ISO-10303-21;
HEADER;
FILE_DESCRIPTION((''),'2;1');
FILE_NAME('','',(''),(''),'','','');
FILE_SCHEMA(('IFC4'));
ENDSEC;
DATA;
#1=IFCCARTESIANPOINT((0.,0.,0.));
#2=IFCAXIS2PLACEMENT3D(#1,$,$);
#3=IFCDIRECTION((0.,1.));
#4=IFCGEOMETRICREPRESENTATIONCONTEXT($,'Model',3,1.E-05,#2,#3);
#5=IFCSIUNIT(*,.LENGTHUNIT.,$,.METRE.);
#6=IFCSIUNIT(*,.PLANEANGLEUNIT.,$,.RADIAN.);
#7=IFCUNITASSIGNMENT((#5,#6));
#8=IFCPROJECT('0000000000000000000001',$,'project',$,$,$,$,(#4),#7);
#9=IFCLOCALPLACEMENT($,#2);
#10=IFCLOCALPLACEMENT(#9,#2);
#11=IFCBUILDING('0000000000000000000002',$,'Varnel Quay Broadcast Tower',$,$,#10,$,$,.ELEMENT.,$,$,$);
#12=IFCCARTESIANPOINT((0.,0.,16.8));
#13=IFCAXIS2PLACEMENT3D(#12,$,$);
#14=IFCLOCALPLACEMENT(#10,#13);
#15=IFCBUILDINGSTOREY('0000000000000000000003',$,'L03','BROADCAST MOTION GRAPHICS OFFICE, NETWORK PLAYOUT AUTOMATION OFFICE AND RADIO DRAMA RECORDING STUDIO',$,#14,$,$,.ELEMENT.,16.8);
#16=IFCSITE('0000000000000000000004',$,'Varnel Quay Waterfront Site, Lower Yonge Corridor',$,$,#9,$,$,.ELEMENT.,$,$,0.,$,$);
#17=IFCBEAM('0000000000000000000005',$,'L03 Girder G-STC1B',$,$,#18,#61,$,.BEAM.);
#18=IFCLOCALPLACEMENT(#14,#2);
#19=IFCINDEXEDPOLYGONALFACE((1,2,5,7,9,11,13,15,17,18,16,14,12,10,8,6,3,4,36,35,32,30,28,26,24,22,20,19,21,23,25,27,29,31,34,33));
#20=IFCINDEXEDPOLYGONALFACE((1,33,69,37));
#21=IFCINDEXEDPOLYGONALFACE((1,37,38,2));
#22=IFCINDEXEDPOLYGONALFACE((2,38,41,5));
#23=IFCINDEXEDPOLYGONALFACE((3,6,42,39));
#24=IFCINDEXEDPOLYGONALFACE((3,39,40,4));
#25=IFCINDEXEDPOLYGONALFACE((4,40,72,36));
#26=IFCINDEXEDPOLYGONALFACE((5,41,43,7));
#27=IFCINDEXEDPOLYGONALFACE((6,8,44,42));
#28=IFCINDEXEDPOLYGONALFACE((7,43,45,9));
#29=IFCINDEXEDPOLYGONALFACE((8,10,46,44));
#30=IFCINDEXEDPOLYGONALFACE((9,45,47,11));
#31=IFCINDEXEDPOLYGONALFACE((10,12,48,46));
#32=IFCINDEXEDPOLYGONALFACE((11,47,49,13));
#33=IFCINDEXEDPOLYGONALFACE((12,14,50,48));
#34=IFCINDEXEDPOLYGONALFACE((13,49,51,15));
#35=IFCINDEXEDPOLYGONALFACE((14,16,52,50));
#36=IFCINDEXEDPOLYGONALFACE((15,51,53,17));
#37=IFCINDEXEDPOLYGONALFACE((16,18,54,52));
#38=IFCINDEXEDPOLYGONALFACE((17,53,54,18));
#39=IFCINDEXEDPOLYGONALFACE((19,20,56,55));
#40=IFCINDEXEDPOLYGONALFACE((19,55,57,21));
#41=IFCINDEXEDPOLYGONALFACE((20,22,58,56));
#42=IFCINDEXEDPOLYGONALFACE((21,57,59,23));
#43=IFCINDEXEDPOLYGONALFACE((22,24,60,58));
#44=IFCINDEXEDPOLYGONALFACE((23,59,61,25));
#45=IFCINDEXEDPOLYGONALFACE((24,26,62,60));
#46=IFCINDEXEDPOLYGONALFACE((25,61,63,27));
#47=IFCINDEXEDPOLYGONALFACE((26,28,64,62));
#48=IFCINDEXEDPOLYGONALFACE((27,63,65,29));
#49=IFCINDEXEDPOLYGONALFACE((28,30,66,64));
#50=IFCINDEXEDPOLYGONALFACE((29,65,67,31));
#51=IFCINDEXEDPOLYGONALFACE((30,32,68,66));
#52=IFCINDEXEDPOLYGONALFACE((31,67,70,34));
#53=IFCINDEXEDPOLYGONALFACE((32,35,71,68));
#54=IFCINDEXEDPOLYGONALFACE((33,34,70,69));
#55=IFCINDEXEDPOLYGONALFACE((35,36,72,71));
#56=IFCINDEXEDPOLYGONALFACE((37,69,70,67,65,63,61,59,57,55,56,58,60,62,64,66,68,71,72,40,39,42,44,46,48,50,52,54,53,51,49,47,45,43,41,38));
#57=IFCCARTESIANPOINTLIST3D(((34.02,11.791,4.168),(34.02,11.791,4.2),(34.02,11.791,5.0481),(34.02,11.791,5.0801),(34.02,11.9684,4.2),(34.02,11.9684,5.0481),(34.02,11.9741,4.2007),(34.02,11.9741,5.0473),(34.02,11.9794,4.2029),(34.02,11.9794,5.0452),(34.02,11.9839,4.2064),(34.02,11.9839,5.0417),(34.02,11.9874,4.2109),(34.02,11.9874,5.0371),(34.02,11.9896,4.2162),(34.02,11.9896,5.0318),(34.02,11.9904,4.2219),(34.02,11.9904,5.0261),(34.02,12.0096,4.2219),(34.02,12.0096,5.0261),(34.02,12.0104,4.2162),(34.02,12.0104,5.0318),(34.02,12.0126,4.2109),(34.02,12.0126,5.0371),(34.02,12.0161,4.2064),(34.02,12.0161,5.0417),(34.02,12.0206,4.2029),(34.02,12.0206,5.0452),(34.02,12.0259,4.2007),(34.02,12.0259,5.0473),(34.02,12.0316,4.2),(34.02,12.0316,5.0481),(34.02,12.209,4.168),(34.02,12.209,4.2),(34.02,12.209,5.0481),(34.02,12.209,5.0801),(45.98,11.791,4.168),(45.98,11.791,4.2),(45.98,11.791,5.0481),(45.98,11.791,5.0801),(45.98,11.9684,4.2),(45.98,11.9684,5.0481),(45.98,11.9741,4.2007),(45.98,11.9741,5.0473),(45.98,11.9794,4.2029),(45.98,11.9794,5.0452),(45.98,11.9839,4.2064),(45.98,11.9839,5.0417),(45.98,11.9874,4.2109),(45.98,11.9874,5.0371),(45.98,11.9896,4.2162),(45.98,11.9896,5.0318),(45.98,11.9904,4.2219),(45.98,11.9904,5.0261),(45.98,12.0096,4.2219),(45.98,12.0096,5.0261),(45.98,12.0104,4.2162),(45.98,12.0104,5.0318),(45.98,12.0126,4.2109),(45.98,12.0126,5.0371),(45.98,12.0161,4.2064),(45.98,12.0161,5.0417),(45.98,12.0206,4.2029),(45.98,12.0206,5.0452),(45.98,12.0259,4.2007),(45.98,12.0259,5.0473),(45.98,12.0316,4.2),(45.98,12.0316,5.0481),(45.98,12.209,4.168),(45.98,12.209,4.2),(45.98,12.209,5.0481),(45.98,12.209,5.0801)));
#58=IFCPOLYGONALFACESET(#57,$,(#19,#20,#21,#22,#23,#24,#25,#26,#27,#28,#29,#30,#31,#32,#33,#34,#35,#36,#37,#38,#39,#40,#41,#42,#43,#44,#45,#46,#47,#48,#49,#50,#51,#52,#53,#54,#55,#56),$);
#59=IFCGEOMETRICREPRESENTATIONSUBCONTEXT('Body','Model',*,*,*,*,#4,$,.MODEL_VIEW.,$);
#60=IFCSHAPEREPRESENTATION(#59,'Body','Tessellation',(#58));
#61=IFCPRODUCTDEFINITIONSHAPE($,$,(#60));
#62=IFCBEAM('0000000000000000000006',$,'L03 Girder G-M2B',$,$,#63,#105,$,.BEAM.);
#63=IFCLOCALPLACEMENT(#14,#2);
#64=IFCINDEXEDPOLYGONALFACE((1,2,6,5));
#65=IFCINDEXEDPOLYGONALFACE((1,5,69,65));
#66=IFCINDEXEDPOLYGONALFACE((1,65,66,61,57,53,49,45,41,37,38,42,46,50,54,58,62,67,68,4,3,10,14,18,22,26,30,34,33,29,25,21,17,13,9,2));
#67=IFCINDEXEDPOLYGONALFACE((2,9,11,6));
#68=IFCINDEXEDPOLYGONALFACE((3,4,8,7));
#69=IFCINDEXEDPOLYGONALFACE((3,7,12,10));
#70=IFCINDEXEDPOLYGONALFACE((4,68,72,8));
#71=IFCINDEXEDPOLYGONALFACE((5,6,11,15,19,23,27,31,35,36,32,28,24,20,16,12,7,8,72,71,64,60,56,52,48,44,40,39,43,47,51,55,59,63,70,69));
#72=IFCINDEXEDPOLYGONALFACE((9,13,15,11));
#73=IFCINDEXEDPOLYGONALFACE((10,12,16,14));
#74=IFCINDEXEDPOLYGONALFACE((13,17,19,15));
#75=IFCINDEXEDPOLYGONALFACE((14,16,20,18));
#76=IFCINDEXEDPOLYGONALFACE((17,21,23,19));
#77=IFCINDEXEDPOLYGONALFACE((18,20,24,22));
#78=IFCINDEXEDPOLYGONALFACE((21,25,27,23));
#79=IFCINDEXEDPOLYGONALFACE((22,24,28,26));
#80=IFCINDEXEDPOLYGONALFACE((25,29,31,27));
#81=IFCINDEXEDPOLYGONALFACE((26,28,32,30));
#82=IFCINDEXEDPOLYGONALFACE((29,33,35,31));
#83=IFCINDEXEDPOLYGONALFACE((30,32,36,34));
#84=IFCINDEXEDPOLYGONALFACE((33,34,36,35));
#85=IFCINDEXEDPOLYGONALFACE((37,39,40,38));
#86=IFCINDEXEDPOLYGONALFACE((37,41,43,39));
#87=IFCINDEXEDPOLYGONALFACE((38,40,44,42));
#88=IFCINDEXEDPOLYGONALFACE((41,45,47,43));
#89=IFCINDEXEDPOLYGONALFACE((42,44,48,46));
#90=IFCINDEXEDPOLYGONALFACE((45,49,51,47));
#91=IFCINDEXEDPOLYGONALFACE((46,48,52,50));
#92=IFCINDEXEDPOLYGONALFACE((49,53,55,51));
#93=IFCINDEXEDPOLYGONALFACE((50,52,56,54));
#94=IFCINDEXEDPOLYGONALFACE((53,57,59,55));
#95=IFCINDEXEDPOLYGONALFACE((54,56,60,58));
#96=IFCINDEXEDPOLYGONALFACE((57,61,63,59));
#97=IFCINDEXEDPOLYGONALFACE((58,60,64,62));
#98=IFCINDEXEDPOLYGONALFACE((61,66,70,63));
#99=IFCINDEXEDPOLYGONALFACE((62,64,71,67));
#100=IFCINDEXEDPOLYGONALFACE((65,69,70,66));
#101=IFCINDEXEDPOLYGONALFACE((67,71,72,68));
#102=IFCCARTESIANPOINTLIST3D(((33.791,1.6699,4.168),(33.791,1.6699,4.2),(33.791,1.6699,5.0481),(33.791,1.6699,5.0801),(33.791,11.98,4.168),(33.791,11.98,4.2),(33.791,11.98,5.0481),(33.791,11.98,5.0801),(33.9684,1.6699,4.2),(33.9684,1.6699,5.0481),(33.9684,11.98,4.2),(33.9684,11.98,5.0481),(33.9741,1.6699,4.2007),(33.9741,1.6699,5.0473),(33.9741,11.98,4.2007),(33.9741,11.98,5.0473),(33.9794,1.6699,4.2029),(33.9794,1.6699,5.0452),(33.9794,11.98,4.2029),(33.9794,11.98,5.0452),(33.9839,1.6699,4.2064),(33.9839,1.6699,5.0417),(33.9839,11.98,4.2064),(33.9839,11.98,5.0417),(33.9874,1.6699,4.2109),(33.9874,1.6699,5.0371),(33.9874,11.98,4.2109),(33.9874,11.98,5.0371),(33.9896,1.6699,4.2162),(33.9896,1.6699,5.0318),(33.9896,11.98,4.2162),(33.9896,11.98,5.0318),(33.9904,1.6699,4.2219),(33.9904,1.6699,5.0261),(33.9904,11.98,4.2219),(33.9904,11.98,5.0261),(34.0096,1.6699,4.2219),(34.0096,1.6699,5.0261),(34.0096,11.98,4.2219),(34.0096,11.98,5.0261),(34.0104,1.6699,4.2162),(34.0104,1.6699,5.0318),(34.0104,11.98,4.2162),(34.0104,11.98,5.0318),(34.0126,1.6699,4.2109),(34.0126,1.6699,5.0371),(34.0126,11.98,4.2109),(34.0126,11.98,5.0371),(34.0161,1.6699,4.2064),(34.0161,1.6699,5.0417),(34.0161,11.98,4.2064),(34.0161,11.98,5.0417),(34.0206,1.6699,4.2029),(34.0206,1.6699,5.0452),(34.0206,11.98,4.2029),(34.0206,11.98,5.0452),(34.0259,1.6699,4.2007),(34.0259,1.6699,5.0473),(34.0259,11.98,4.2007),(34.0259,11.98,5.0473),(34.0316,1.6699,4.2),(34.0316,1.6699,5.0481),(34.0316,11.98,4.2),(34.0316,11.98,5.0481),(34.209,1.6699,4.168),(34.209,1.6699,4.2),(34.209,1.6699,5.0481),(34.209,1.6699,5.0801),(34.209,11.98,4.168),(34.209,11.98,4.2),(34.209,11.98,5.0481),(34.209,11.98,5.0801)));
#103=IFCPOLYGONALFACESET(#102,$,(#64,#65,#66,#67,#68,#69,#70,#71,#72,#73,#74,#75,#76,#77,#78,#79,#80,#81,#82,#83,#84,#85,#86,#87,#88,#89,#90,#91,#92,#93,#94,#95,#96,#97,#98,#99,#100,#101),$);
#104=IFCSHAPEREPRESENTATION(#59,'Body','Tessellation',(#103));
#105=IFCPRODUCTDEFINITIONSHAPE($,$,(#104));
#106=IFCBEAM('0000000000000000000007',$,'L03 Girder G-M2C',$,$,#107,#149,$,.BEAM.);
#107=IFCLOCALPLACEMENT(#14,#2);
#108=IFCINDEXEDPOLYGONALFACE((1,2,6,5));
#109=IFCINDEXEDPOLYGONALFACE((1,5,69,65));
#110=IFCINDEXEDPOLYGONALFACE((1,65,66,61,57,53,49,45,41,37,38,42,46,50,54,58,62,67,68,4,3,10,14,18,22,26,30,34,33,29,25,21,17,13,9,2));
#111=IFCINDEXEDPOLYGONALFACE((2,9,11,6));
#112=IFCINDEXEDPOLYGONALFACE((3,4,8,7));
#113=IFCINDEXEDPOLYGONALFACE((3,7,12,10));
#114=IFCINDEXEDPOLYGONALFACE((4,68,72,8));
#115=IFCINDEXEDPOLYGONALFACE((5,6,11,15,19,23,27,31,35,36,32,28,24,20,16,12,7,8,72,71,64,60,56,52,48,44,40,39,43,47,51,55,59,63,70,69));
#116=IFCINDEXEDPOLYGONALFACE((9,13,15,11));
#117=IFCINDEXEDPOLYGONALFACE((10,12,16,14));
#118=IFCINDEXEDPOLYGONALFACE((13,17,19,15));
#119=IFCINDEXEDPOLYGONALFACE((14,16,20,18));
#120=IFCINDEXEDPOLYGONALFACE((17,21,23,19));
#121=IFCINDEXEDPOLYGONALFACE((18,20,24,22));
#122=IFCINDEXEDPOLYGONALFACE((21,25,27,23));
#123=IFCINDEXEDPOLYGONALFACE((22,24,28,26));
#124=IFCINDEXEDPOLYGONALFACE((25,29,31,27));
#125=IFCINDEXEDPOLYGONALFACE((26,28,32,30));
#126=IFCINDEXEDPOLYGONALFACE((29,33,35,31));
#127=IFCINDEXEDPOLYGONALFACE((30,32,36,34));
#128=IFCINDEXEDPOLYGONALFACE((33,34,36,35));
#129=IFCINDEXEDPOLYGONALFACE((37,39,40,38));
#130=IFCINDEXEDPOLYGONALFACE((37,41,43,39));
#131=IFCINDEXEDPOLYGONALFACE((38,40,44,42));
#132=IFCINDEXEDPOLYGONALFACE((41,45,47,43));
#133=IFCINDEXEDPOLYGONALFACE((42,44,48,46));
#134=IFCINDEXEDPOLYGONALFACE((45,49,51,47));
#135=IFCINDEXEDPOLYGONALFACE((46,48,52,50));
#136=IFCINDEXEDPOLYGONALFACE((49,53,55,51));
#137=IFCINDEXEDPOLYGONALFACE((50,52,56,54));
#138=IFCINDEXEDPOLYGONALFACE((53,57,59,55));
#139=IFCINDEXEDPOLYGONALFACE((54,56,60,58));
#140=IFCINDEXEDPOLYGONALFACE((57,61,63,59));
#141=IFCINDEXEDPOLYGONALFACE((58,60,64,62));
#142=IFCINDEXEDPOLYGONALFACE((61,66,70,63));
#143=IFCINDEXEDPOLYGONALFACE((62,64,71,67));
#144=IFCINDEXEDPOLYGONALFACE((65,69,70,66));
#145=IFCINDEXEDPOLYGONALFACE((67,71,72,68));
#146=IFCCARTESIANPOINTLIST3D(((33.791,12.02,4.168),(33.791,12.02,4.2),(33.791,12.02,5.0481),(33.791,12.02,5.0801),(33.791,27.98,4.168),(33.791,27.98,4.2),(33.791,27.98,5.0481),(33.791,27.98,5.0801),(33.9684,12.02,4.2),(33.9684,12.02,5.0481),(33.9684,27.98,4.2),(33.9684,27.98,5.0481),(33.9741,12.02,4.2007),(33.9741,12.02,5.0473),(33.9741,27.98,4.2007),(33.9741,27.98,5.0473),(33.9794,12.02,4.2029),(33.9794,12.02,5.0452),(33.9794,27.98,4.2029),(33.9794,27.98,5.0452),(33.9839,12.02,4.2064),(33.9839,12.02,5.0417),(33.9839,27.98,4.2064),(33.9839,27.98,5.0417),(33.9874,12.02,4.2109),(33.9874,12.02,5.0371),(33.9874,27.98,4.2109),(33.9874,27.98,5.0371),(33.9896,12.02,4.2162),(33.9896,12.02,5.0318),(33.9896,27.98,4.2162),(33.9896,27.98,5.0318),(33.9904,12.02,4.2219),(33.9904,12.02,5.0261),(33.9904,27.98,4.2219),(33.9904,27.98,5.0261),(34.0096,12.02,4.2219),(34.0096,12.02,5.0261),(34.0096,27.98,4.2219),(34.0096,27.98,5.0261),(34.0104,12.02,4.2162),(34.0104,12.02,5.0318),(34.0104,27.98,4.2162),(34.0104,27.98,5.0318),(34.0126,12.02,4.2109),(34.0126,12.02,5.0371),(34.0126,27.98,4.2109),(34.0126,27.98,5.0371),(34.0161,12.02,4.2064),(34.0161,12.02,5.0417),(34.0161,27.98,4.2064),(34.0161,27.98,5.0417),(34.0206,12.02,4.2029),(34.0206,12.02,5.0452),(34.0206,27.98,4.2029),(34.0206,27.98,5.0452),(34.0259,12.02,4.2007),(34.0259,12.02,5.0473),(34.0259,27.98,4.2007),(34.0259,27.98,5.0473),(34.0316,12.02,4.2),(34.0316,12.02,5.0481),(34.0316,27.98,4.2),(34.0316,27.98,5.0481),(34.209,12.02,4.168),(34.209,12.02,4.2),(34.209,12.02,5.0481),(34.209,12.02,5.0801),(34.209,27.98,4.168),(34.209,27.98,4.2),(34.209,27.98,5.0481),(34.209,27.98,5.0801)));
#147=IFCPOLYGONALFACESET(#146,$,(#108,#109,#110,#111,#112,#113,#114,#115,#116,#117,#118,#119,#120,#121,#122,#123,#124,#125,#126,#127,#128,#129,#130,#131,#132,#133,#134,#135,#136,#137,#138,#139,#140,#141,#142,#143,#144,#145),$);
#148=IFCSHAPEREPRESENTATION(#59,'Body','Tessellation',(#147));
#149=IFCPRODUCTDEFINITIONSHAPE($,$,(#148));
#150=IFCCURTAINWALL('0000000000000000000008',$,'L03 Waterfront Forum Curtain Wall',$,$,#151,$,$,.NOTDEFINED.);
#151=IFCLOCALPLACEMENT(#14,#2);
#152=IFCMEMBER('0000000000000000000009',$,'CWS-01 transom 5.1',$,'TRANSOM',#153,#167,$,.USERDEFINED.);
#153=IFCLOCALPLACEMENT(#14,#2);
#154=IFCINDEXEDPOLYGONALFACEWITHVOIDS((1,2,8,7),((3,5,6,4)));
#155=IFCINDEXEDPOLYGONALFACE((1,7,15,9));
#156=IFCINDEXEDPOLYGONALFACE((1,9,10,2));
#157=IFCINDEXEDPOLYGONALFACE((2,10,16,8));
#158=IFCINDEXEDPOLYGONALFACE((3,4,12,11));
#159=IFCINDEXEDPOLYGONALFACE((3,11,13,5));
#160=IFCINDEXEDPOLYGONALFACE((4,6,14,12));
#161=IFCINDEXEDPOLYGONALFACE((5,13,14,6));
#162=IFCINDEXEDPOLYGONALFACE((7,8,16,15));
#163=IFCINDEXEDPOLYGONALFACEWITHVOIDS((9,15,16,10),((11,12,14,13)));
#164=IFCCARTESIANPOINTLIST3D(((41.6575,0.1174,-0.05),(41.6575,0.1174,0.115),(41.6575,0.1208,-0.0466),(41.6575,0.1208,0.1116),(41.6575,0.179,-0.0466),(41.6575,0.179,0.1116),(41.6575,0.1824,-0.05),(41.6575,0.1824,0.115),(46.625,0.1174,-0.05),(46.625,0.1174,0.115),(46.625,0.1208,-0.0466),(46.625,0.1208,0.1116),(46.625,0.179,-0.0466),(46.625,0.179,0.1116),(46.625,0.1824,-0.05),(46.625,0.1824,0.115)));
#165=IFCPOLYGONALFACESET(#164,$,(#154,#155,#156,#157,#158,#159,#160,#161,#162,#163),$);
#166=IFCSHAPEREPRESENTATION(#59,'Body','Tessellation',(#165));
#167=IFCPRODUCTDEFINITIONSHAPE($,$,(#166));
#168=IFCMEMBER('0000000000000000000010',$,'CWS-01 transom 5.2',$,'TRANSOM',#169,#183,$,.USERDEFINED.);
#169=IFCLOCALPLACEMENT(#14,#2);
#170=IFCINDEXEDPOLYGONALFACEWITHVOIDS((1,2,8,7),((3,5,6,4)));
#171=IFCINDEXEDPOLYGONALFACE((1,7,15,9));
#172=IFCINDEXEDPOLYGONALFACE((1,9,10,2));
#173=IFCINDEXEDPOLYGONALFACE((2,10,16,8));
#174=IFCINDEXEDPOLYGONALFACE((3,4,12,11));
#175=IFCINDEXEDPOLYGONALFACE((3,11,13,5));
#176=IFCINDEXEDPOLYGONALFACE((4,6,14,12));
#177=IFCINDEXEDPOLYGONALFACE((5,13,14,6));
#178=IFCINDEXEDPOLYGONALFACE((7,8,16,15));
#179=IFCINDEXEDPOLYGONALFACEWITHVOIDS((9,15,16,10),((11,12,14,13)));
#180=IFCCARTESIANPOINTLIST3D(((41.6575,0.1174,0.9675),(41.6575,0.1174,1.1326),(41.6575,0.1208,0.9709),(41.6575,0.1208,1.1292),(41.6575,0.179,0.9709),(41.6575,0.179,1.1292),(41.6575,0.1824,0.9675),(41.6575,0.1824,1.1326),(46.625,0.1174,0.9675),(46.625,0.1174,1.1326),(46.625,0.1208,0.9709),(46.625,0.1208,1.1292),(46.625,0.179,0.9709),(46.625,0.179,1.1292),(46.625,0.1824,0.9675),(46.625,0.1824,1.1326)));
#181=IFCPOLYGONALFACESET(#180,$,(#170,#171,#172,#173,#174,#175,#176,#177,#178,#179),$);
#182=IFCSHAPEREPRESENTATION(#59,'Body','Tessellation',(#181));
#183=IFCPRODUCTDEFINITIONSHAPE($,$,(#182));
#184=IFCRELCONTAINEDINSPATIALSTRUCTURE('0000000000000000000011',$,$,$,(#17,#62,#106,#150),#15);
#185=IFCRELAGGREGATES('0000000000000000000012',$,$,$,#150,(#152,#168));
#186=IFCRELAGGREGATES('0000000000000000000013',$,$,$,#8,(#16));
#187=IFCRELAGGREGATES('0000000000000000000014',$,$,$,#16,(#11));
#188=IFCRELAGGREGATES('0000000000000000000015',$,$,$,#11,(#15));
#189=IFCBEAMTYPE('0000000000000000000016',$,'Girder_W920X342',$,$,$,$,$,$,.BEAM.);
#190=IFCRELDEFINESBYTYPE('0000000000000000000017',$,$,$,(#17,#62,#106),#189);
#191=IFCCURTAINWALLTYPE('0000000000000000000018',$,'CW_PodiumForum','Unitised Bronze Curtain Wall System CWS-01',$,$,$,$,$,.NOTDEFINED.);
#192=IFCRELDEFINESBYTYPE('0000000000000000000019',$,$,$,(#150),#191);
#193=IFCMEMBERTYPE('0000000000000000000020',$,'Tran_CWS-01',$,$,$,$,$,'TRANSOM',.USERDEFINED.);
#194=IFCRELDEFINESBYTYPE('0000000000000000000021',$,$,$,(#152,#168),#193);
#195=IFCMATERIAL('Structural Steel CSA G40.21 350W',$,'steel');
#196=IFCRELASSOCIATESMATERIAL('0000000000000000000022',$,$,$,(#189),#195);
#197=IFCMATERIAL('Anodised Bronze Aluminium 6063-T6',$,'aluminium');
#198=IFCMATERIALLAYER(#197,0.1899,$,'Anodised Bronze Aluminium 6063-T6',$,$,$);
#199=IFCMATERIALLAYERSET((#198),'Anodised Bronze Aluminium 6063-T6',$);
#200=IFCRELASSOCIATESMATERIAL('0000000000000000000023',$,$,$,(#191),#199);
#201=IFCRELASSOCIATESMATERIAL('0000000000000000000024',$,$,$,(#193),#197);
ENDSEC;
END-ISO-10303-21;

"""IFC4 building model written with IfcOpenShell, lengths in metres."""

from ifc_helpers import new_model, si_unit, direction, frame, origin, origin_2d, place, context, subcontext, project, spatial, hollow_rectangle, i_section, extrude, source, transform, mapped, material, layer, layer_set, material_profile, profile_set, type_object, type_shapes, element, aggregate, save


model = new_model("IFC4")

# Units and contexts
model_context = context("Model", 3, precision=1e-05, world=origin(), true_north=direction((0.0, 1.0)))
body_context = subcontext(model_context, "Body", "Model", "MODEL_VIEW")
ifc_project = project(units=[si_unit("LENGTHUNIT", "METRE"), si_unit("PLANEANGLEUNIT", "RADIAN")], contexts=[model_context])

# Site, building, storey
site_placement = place(None, origin())
site = spatial("IfcSite", under=ifc_project, at=site_placement, Name="Varnel Quay Waterfront Site, Lower Yonge Corridor", CompositionType="ELEMENT", RefElevation=0.0)
building_placement = place(site_placement, origin())
building = spatial("IfcBuilding", under=site, at=building_placement, Name="Varnel Quay Broadcast Tower", CompositionType="ELEMENT")
storey_placement = place(building_placement, frame((0.0, 0.0, 16.8)))
storey = spatial("IfcBuildingStorey", under=building, at=storey_placement, Name="L03", Description="BROADCAST MOTION GRAPHICS OFFICE, NETWORK PLAYOUT AUTOMATION OFFICE AND RADIO DRAMA RECORDING STUDIO", CompositionType="ELEMENT", Elevation=16.8)

# Shared definitions
ifc_material_1 = material(Name="Structural Steel CSA G40.21 350W", Category="steel")

# Beams
ifc_material_profile_1 = material_profile(ifc_material_1, i_section(OverallWidth=0.418, OverallDepth=0.9121, WebThickness=0.0193, FlangeThickness=0.032, FilletRadius=0.022, at=origin_2d()), Name="W920X342")
ifc_profile_set_1 = profile_set([ifc_material_profile_1], Name="Structural Steel CSA G40.21 350W")
beam_type = type_object("IfcBeamType", Name="Girder_W920X342", PredefinedType="BEAM", material=ifc_profile_set_1)
shared_shape_1 = source(origin(), body_context, "Body", "SweptSolid", [
    extrude(i_section(OverallWidth=0.418, OverallDepth=0.9121, WebThickness=0.0193, FlangeThickness=0.032, FilletRadius=0.022, at=origin_2d()), origin(), (0.0, 0.0, 1.0), 11.96),
])
for number, where, z_axis, x_axis, name in (
    (1, (34.02, 12.0, 4.624), (1.0, 0.0, 0.0), (0.0, 1.0, 0.0), "L03 Girder G-STC1B"),
):
    element("IfcBeam", number, at=place(storey_placement, frame(where, z_axis=z_axis, x_axis=x_axis)), inside=storey, type_object=beam_type, Name=name, PredefinedType="BEAM", context=body_context, shape_type="MappedRepresentation", body=[
        mapped(shared_shape_1, transform((0.0, 0.0, 0.0), x_axis=(1.0, 0.0, 0.0), y_axis=(0.0, 1.0, 0.0), z_axis=(0.0, 0.0, 1.0), scale=1.0)),
    ])
shared_shape_2 = source(origin(), body_context, "Body", "SweptSolid", [
    extrude(i_section(OverallWidth=0.418, OverallDepth=0.9121, WebThickness=0.0193, FlangeThickness=0.032, FilletRadius=0.022, at=origin_2d()), origin(), (0.0, 0.0, 1.0), 10.3101),
])
beam_1_placement = place(storey_placement, frame((34.0, 1.6699, 4.624), z_axis=(0.0, 1.0, 0.0), x_axis=(-1.0, 0.0, 0.0)))
element("IfcBeam", 2, at=beam_1_placement, inside=storey, type_object=beam_type, Name="L03 Girder G-M2B", PredefinedType="BEAM", context=body_context, shape_type="MappedRepresentation", body=[
    mapped(shared_shape_2, transform((0.0, 0.0, 0.0), x_axis=(1.0, 0.0, 0.0), y_axis=(0.0, 1.0, 0.0), z_axis=(0.0, 0.0, 1.0), scale=1.0)),
])
shared_shape_3 = source(origin(), body_context, "Body", "SweptSolid", [
    extrude(i_section(OverallWidth=0.418, OverallDepth=0.9121, WebThickness=0.0193, FlangeThickness=0.032, FilletRadius=0.022, at=origin_2d()), origin(), (0.0, 0.0, 1.0), 15.96),
])
type_shapes(beam_type, [shared_shape_1, shared_shape_2, shared_shape_3])
beam_2_placement = place(storey_placement, frame((34.0, 12.02, 4.624), z_axis=(0.0, 1.0, 0.0), x_axis=(-1.0, 0.0, 0.0)))
element("IfcBeam", 3, at=beam_2_placement, inside=storey, type_object=beam_type, Name="L03 Girder G-M2C", PredefinedType="BEAM", context=body_context, shape_type="MappedRepresentation", body=[
    mapped(shared_shape_3, transform((0.0, 0.0, 0.0), x_axis=(1.0, 0.0, 0.0), y_axis=(0.0, 1.0, 0.0), z_axis=(0.0, 0.0, 1.0), scale=1.0)),
])

# Curtain wall, members
ifc_material_2 = material(Name="Anodised Bronze Aluminium 6063-T6", Category="aluminium")
ifc_layer_1 = layer(ifc_material_2, 0.1899, Name="Anodised Bronze Aluminium 6063-T6")
ifc_layer_set_1 = layer_set([ifc_layer_1], Name="Anodised Bronze Aluminium 6063-T6")
curtain_wall_type = type_object("IfcCurtainWallType", Name="CW_PodiumForum", Description="Unitised Bronze Curtain Wall System CWS-01", PredefinedType="NOTDEFINED", material=ifc_layer_set_1)
curtain_wall_placement = place(storey_placement, origin())
curtain_wall = element("IfcCurtainWall", 4, at=curtain_wall_placement, inside=storey, type_object=curtain_wall_type, Name="L03 Waterfront Forum Curtain Wall", PredefinedType="NOTDEFINED")
ifc_material_profile_2 = material_profile(ifc_material_2, hollow_rectangle(XDim=0.0649, YDim=0.165, WallThickness=0.0034, at=origin_2d()), Name="ALU65X165X3.5")
ifc_profile_set_2 = profile_set([ifc_material_profile_2], Name="Anodised Bronze Aluminium 6063-T6")
member_type_1 = type_object("IfcMemberType", Name="Tran_CWS-01", ElementType="TRANSOM", PredefinedType="USERDEFINED", material=ifc_profile_set_2)
shared_shape_4 = source(origin(), body_context, "Body", "SweptSolid", [
    extrude(hollow_rectangle(XDim=0.0649, YDim=0.165, WallThickness=0.0034, at=origin_2d()), origin(), (0.0, 0.0, 1.0), 4.9675),
])
member_1_placement = place(storey_placement, frame((41.6575, 0.1499, 0.0325), z_axis=(1.0, 0.0, 0.0), x_axis=(0.0, 1.0, 0.0)))
member_1 = element("IfcMember", 5, at=member_1_placement, type_object=member_type_1, Name="CWS-01 transom 5.1", ObjectType="TRANSOM", PredefinedType="USERDEFINED", context=body_context, shape_type="MappedRepresentation", body=[
    mapped(shared_shape_4, transform((0.0, 0.0, 0.0), x_axis=(1.0, 0.0, 0.0), y_axis=(0.0, 1.0, 0.0), z_axis=(0.0, 0.0, 1.0), scale=1.0)),
])
member_2_placement = place(storey_placement, frame((41.6575, 0.1499, 1.05), z_axis=(1.0, 0.0, 0.0), x_axis=(0.0, 1.0, 0.0)))
member_2 = element("IfcMember", 6, at=member_2_placement, type_object=member_type_1, Name="CWS-01 transom 5.2", ObjectType="TRANSOM", PredefinedType="USERDEFINED", context=body_context, shape_type="MappedRepresentation", body=[
    mapped(shared_shape_4, transform((0.0, 0.0, 0.0), x_axis=(1.0, 0.0, 0.0), y_axis=(0.0, 1.0, 0.0), z_axis=(0.0, 0.0, 1.0), scale=1.0)),
])
aggregate(curtain_wall, [member_1, member_2])

save(model, "model.ifc")
